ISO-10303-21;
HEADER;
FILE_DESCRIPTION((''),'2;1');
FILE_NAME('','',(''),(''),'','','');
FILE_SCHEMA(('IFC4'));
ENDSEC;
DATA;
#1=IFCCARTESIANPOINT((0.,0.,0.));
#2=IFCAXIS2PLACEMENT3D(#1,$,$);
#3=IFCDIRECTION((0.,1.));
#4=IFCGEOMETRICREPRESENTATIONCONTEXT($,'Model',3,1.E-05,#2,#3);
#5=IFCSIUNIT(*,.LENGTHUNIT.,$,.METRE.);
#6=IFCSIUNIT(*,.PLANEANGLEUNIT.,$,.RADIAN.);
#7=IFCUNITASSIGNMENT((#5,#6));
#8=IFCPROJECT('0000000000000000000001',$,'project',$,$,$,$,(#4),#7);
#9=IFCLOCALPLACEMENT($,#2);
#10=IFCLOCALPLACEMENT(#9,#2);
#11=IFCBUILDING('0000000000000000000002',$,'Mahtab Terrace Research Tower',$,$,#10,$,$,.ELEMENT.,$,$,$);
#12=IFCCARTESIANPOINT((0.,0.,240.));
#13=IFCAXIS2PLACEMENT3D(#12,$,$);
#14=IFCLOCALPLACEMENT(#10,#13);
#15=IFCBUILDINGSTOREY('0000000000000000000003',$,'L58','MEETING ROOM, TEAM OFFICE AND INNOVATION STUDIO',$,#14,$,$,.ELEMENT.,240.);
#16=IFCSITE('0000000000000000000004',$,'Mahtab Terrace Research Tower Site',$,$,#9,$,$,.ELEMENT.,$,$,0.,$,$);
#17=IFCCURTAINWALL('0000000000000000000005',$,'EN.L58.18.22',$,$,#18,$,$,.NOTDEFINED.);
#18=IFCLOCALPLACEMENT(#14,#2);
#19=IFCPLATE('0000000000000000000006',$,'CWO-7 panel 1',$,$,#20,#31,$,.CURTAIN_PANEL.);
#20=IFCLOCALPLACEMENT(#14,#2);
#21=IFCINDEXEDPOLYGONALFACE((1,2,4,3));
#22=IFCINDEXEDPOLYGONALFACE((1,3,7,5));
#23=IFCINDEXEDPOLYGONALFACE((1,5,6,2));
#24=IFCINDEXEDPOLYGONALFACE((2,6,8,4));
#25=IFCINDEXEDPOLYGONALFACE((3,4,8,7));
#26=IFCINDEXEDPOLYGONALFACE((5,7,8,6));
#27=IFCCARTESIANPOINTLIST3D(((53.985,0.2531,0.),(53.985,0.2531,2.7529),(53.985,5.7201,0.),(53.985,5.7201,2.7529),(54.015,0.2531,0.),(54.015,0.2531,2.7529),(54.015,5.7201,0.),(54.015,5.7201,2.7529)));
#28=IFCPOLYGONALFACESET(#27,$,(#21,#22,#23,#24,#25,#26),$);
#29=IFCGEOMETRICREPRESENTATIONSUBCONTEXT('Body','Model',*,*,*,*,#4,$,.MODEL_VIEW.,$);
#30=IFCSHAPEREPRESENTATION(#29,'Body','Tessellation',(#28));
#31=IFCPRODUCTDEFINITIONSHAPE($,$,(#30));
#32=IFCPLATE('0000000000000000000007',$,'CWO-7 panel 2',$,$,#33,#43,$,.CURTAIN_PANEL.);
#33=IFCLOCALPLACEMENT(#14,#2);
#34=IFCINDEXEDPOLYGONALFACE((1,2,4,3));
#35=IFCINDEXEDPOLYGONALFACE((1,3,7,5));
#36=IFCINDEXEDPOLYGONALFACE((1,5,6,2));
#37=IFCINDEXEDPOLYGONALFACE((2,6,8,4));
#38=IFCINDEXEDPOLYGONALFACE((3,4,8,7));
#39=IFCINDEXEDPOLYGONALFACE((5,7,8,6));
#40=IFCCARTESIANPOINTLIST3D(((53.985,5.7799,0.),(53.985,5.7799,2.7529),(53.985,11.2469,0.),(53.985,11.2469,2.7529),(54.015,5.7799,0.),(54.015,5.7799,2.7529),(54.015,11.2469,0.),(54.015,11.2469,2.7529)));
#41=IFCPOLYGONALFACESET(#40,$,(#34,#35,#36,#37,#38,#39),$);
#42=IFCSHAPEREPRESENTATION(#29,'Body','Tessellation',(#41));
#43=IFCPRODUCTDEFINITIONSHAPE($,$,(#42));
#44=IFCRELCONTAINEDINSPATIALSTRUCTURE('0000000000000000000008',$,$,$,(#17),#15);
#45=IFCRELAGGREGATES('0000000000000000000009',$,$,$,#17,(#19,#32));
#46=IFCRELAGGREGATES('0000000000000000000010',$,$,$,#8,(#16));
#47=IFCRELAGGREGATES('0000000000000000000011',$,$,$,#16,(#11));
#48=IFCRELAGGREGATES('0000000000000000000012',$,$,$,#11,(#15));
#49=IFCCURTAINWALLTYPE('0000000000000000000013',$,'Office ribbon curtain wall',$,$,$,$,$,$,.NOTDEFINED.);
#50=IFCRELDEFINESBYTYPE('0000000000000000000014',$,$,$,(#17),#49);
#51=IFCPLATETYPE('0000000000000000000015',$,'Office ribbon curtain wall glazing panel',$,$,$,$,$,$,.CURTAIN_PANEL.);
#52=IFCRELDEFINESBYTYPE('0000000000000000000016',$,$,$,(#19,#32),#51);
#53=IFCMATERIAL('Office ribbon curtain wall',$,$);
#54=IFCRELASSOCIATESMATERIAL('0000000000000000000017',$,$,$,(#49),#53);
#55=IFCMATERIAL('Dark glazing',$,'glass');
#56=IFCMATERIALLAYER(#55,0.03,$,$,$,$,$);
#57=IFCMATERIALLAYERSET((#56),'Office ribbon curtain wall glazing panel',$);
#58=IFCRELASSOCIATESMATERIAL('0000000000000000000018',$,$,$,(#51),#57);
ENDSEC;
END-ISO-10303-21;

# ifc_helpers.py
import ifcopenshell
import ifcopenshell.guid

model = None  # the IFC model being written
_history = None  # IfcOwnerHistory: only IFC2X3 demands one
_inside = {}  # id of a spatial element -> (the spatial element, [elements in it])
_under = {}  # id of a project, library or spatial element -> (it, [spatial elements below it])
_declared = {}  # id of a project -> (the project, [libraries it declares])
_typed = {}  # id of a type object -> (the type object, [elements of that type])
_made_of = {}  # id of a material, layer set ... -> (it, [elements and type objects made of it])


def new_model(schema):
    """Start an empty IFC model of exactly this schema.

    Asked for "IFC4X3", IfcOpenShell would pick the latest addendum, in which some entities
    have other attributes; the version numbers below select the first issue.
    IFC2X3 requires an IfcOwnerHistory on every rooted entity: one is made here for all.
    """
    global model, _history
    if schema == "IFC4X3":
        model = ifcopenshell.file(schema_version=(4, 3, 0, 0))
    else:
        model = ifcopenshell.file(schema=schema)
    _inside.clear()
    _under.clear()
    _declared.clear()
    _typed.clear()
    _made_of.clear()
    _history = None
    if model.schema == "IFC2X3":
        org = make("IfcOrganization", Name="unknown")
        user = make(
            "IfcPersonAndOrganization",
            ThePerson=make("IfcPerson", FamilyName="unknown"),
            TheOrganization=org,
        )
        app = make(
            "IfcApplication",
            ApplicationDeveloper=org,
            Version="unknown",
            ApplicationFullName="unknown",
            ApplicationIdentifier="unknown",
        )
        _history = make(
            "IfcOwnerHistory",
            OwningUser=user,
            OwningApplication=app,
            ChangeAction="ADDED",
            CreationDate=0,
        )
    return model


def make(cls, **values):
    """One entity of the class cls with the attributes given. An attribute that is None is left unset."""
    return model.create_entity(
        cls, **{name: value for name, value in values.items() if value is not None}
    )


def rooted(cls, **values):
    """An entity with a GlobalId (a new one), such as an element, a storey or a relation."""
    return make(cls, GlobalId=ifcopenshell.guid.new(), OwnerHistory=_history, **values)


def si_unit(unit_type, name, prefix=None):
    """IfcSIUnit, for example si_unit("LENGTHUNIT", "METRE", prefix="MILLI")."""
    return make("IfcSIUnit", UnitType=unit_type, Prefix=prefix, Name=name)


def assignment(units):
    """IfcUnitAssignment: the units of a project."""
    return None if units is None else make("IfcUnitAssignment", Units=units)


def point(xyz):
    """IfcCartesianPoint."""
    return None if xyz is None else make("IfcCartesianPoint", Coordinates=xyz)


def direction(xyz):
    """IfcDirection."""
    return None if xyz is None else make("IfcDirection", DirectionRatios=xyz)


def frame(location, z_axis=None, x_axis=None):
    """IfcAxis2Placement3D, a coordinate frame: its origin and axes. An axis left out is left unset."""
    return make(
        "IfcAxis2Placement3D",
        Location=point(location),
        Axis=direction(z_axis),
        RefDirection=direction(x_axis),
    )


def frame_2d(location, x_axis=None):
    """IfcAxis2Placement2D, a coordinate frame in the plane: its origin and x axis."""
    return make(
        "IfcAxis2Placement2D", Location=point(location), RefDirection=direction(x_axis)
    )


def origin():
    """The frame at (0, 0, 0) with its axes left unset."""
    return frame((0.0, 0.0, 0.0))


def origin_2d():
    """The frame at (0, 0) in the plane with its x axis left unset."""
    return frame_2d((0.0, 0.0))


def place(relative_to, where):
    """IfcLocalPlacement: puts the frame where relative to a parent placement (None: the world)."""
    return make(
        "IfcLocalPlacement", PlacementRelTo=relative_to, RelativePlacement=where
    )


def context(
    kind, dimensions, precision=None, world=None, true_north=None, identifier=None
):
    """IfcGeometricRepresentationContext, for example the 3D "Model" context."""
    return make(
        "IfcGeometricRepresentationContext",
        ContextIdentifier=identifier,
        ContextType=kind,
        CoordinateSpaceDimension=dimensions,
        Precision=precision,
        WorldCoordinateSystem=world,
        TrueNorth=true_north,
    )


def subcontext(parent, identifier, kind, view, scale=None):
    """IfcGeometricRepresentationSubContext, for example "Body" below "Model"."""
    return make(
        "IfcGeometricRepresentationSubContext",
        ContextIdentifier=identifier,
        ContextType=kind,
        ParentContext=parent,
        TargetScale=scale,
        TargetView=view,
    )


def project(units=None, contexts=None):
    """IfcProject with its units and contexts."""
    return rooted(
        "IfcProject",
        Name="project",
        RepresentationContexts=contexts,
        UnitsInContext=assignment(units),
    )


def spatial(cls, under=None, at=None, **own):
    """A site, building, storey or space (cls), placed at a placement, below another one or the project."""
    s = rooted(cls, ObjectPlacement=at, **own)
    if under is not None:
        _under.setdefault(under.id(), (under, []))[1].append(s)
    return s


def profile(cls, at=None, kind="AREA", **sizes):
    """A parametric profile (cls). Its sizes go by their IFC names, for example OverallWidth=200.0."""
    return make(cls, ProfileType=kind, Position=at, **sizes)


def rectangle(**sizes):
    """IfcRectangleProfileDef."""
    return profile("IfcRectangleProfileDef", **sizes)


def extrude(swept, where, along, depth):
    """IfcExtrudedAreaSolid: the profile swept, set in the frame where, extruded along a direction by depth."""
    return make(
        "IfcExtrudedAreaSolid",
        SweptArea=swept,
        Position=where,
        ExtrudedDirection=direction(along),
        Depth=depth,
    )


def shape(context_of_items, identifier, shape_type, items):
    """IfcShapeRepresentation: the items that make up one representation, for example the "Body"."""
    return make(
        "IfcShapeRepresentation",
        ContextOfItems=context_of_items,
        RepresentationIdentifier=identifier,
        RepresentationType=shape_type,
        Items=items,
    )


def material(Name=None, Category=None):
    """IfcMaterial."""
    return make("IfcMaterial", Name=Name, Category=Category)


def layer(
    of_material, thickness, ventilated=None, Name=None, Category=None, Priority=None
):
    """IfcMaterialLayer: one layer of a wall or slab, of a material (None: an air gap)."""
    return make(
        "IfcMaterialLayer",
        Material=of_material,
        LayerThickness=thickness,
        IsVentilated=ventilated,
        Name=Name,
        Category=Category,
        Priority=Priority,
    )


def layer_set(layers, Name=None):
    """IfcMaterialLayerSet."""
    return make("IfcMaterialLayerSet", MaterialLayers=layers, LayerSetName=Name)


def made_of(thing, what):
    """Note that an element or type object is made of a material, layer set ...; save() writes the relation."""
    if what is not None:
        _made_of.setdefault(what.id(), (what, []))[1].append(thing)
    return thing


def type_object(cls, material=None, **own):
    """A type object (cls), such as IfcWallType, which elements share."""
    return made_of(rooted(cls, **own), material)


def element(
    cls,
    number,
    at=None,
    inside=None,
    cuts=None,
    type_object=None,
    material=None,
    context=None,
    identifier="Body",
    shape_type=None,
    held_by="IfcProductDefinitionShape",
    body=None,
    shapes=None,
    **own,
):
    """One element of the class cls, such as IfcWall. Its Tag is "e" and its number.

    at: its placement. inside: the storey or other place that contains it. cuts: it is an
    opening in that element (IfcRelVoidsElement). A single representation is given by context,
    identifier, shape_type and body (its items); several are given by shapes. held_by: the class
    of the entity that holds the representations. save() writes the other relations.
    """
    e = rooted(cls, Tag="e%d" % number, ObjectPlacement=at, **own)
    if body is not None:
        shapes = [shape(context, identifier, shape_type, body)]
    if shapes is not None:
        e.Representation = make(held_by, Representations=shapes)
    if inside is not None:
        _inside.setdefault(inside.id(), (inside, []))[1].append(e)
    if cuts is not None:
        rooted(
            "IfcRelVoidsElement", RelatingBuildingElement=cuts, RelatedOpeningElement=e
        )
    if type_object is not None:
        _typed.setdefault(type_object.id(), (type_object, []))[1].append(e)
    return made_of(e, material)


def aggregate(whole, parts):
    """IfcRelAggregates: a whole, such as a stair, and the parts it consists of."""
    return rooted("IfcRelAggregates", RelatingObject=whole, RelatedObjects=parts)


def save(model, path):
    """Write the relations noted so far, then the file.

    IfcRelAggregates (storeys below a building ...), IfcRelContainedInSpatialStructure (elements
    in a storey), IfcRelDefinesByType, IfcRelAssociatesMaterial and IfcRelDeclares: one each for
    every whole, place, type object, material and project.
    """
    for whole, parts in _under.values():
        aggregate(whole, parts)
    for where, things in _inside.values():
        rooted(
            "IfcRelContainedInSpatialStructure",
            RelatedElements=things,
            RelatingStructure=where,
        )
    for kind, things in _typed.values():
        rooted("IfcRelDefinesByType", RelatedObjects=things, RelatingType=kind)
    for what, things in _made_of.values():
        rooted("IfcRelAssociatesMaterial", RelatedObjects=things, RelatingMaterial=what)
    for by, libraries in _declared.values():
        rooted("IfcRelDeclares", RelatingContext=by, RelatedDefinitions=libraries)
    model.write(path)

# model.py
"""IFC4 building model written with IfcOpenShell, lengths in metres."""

from ifc_helpers import new_model, si_unit, direction, frame, origin, origin_2d, place, context, subcontext, project, spatial, rectangle, extrude, material, layer, layer_set, type_object, element, aggregate, save


model = new_model("IFC4")

# Units and contexts
model_context = context("Model", 3, precision=1e-05, world=origin(), true_north=direction((0.0, 1.0)))
body_context = subcontext(model_context, "Body", "Model", "MODEL_VIEW")
ifc_project = project(units=[si_unit("LENGTHUNIT", "METRE"), si_unit("PLANEANGLEUNIT", "RADIAN")], contexts=[model_context])

# Site, building, storey
site_placement = place(None, origin())
site = spatial("IfcSite", under=ifc_project, at=site_placement, Name="Mahtab Terrace Research Tower Site", CompositionType="ELEMENT", RefElevation=0.0)
building_placement = place(site_placement, origin())
building = spatial("IfcBuilding", under=site, at=building_placement, Name="Mahtab Terrace Research Tower", CompositionType="ELEMENT")
storey_placement = place(building_placement, frame((0.0, 0.0, 240.0)))
storey = spatial("IfcBuildingStorey", under=building, at=storey_placement, Name="L58", Description="MEETING ROOM, TEAM OFFICE AND INNOVATION STUDIO", CompositionType="ELEMENT", Elevation=240.0)

# Curtain wall
ifc_material_1 = material(Name="Office ribbon curtain wall")
curtain_wall_type = type_object("IfcCurtainWallType", Name="Office ribbon curtain wall", PredefinedType="NOTDEFINED", material=ifc_material_1)
curtain_wall_1_placement = place(storey_placement, origin())
curtain_wall_1 = element("IfcCurtainWall", 1, at=curtain_wall_1_placement, inside=storey, type_object=curtain_wall_type, Name="EN.L58.18.22", PredefinedType="NOTDEFINED")

# Plates
ifc_material_2 = material(Name="Dark glazing", Category="glass")
ifc_layer = layer(ifc_material_2, 0.03)
ifc_layer_set = layer_set([ifc_layer], Name="Office ribbon curtain wall glazing panel")
plate_type = type_object("IfcPlateType", Name="Office ribbon curtain wall glazing panel", PredefinedType="CURTAIN_PANEL", material=ifc_layer_set)
plate_1_placement = place(storey_placement, frame((54.0, 2.9866, 0.0), z_axis=(0.0, 0.0, 1.0), x_axis=(0.0, 1.0, 0.0)))
plate_1 = element("IfcPlate", 2, at=plate_1_placement, type_object=plate_type, Name="CWO-7 panel 1", PredefinedType="CURTAIN_PANEL", context=body_context, shape_type="SweptSolid", body=[
    extrude(rectangle(XDim=5.467, YDim=0.03, at=origin_2d()), origin(), (0.0, 0.0, 1.0), 2.7529),
])
plate_2_placement = place(storey_placement, frame((54.0, 8.5134, 0.0), z_axis=(0.0, 0.0, 1.0), x_axis=(0.0, 1.0, 0.0)))
plate_2 = element("IfcPlate", 3, at=plate_2_placement, type_object=plate_type, Name="CWO-7 panel 2", PredefinedType="CURTAIN_PANEL", context=body_context, shape_type="SweptSolid", body=[
    extrude(rectangle(XDim=5.467, YDim=0.03, at=origin_2d()), origin(), (0.0, 0.0, 1.0), 2.7529),
])
aggregate(curtain_wall_1, [plate_1, plate_2])

save(model, "model.ifc")
